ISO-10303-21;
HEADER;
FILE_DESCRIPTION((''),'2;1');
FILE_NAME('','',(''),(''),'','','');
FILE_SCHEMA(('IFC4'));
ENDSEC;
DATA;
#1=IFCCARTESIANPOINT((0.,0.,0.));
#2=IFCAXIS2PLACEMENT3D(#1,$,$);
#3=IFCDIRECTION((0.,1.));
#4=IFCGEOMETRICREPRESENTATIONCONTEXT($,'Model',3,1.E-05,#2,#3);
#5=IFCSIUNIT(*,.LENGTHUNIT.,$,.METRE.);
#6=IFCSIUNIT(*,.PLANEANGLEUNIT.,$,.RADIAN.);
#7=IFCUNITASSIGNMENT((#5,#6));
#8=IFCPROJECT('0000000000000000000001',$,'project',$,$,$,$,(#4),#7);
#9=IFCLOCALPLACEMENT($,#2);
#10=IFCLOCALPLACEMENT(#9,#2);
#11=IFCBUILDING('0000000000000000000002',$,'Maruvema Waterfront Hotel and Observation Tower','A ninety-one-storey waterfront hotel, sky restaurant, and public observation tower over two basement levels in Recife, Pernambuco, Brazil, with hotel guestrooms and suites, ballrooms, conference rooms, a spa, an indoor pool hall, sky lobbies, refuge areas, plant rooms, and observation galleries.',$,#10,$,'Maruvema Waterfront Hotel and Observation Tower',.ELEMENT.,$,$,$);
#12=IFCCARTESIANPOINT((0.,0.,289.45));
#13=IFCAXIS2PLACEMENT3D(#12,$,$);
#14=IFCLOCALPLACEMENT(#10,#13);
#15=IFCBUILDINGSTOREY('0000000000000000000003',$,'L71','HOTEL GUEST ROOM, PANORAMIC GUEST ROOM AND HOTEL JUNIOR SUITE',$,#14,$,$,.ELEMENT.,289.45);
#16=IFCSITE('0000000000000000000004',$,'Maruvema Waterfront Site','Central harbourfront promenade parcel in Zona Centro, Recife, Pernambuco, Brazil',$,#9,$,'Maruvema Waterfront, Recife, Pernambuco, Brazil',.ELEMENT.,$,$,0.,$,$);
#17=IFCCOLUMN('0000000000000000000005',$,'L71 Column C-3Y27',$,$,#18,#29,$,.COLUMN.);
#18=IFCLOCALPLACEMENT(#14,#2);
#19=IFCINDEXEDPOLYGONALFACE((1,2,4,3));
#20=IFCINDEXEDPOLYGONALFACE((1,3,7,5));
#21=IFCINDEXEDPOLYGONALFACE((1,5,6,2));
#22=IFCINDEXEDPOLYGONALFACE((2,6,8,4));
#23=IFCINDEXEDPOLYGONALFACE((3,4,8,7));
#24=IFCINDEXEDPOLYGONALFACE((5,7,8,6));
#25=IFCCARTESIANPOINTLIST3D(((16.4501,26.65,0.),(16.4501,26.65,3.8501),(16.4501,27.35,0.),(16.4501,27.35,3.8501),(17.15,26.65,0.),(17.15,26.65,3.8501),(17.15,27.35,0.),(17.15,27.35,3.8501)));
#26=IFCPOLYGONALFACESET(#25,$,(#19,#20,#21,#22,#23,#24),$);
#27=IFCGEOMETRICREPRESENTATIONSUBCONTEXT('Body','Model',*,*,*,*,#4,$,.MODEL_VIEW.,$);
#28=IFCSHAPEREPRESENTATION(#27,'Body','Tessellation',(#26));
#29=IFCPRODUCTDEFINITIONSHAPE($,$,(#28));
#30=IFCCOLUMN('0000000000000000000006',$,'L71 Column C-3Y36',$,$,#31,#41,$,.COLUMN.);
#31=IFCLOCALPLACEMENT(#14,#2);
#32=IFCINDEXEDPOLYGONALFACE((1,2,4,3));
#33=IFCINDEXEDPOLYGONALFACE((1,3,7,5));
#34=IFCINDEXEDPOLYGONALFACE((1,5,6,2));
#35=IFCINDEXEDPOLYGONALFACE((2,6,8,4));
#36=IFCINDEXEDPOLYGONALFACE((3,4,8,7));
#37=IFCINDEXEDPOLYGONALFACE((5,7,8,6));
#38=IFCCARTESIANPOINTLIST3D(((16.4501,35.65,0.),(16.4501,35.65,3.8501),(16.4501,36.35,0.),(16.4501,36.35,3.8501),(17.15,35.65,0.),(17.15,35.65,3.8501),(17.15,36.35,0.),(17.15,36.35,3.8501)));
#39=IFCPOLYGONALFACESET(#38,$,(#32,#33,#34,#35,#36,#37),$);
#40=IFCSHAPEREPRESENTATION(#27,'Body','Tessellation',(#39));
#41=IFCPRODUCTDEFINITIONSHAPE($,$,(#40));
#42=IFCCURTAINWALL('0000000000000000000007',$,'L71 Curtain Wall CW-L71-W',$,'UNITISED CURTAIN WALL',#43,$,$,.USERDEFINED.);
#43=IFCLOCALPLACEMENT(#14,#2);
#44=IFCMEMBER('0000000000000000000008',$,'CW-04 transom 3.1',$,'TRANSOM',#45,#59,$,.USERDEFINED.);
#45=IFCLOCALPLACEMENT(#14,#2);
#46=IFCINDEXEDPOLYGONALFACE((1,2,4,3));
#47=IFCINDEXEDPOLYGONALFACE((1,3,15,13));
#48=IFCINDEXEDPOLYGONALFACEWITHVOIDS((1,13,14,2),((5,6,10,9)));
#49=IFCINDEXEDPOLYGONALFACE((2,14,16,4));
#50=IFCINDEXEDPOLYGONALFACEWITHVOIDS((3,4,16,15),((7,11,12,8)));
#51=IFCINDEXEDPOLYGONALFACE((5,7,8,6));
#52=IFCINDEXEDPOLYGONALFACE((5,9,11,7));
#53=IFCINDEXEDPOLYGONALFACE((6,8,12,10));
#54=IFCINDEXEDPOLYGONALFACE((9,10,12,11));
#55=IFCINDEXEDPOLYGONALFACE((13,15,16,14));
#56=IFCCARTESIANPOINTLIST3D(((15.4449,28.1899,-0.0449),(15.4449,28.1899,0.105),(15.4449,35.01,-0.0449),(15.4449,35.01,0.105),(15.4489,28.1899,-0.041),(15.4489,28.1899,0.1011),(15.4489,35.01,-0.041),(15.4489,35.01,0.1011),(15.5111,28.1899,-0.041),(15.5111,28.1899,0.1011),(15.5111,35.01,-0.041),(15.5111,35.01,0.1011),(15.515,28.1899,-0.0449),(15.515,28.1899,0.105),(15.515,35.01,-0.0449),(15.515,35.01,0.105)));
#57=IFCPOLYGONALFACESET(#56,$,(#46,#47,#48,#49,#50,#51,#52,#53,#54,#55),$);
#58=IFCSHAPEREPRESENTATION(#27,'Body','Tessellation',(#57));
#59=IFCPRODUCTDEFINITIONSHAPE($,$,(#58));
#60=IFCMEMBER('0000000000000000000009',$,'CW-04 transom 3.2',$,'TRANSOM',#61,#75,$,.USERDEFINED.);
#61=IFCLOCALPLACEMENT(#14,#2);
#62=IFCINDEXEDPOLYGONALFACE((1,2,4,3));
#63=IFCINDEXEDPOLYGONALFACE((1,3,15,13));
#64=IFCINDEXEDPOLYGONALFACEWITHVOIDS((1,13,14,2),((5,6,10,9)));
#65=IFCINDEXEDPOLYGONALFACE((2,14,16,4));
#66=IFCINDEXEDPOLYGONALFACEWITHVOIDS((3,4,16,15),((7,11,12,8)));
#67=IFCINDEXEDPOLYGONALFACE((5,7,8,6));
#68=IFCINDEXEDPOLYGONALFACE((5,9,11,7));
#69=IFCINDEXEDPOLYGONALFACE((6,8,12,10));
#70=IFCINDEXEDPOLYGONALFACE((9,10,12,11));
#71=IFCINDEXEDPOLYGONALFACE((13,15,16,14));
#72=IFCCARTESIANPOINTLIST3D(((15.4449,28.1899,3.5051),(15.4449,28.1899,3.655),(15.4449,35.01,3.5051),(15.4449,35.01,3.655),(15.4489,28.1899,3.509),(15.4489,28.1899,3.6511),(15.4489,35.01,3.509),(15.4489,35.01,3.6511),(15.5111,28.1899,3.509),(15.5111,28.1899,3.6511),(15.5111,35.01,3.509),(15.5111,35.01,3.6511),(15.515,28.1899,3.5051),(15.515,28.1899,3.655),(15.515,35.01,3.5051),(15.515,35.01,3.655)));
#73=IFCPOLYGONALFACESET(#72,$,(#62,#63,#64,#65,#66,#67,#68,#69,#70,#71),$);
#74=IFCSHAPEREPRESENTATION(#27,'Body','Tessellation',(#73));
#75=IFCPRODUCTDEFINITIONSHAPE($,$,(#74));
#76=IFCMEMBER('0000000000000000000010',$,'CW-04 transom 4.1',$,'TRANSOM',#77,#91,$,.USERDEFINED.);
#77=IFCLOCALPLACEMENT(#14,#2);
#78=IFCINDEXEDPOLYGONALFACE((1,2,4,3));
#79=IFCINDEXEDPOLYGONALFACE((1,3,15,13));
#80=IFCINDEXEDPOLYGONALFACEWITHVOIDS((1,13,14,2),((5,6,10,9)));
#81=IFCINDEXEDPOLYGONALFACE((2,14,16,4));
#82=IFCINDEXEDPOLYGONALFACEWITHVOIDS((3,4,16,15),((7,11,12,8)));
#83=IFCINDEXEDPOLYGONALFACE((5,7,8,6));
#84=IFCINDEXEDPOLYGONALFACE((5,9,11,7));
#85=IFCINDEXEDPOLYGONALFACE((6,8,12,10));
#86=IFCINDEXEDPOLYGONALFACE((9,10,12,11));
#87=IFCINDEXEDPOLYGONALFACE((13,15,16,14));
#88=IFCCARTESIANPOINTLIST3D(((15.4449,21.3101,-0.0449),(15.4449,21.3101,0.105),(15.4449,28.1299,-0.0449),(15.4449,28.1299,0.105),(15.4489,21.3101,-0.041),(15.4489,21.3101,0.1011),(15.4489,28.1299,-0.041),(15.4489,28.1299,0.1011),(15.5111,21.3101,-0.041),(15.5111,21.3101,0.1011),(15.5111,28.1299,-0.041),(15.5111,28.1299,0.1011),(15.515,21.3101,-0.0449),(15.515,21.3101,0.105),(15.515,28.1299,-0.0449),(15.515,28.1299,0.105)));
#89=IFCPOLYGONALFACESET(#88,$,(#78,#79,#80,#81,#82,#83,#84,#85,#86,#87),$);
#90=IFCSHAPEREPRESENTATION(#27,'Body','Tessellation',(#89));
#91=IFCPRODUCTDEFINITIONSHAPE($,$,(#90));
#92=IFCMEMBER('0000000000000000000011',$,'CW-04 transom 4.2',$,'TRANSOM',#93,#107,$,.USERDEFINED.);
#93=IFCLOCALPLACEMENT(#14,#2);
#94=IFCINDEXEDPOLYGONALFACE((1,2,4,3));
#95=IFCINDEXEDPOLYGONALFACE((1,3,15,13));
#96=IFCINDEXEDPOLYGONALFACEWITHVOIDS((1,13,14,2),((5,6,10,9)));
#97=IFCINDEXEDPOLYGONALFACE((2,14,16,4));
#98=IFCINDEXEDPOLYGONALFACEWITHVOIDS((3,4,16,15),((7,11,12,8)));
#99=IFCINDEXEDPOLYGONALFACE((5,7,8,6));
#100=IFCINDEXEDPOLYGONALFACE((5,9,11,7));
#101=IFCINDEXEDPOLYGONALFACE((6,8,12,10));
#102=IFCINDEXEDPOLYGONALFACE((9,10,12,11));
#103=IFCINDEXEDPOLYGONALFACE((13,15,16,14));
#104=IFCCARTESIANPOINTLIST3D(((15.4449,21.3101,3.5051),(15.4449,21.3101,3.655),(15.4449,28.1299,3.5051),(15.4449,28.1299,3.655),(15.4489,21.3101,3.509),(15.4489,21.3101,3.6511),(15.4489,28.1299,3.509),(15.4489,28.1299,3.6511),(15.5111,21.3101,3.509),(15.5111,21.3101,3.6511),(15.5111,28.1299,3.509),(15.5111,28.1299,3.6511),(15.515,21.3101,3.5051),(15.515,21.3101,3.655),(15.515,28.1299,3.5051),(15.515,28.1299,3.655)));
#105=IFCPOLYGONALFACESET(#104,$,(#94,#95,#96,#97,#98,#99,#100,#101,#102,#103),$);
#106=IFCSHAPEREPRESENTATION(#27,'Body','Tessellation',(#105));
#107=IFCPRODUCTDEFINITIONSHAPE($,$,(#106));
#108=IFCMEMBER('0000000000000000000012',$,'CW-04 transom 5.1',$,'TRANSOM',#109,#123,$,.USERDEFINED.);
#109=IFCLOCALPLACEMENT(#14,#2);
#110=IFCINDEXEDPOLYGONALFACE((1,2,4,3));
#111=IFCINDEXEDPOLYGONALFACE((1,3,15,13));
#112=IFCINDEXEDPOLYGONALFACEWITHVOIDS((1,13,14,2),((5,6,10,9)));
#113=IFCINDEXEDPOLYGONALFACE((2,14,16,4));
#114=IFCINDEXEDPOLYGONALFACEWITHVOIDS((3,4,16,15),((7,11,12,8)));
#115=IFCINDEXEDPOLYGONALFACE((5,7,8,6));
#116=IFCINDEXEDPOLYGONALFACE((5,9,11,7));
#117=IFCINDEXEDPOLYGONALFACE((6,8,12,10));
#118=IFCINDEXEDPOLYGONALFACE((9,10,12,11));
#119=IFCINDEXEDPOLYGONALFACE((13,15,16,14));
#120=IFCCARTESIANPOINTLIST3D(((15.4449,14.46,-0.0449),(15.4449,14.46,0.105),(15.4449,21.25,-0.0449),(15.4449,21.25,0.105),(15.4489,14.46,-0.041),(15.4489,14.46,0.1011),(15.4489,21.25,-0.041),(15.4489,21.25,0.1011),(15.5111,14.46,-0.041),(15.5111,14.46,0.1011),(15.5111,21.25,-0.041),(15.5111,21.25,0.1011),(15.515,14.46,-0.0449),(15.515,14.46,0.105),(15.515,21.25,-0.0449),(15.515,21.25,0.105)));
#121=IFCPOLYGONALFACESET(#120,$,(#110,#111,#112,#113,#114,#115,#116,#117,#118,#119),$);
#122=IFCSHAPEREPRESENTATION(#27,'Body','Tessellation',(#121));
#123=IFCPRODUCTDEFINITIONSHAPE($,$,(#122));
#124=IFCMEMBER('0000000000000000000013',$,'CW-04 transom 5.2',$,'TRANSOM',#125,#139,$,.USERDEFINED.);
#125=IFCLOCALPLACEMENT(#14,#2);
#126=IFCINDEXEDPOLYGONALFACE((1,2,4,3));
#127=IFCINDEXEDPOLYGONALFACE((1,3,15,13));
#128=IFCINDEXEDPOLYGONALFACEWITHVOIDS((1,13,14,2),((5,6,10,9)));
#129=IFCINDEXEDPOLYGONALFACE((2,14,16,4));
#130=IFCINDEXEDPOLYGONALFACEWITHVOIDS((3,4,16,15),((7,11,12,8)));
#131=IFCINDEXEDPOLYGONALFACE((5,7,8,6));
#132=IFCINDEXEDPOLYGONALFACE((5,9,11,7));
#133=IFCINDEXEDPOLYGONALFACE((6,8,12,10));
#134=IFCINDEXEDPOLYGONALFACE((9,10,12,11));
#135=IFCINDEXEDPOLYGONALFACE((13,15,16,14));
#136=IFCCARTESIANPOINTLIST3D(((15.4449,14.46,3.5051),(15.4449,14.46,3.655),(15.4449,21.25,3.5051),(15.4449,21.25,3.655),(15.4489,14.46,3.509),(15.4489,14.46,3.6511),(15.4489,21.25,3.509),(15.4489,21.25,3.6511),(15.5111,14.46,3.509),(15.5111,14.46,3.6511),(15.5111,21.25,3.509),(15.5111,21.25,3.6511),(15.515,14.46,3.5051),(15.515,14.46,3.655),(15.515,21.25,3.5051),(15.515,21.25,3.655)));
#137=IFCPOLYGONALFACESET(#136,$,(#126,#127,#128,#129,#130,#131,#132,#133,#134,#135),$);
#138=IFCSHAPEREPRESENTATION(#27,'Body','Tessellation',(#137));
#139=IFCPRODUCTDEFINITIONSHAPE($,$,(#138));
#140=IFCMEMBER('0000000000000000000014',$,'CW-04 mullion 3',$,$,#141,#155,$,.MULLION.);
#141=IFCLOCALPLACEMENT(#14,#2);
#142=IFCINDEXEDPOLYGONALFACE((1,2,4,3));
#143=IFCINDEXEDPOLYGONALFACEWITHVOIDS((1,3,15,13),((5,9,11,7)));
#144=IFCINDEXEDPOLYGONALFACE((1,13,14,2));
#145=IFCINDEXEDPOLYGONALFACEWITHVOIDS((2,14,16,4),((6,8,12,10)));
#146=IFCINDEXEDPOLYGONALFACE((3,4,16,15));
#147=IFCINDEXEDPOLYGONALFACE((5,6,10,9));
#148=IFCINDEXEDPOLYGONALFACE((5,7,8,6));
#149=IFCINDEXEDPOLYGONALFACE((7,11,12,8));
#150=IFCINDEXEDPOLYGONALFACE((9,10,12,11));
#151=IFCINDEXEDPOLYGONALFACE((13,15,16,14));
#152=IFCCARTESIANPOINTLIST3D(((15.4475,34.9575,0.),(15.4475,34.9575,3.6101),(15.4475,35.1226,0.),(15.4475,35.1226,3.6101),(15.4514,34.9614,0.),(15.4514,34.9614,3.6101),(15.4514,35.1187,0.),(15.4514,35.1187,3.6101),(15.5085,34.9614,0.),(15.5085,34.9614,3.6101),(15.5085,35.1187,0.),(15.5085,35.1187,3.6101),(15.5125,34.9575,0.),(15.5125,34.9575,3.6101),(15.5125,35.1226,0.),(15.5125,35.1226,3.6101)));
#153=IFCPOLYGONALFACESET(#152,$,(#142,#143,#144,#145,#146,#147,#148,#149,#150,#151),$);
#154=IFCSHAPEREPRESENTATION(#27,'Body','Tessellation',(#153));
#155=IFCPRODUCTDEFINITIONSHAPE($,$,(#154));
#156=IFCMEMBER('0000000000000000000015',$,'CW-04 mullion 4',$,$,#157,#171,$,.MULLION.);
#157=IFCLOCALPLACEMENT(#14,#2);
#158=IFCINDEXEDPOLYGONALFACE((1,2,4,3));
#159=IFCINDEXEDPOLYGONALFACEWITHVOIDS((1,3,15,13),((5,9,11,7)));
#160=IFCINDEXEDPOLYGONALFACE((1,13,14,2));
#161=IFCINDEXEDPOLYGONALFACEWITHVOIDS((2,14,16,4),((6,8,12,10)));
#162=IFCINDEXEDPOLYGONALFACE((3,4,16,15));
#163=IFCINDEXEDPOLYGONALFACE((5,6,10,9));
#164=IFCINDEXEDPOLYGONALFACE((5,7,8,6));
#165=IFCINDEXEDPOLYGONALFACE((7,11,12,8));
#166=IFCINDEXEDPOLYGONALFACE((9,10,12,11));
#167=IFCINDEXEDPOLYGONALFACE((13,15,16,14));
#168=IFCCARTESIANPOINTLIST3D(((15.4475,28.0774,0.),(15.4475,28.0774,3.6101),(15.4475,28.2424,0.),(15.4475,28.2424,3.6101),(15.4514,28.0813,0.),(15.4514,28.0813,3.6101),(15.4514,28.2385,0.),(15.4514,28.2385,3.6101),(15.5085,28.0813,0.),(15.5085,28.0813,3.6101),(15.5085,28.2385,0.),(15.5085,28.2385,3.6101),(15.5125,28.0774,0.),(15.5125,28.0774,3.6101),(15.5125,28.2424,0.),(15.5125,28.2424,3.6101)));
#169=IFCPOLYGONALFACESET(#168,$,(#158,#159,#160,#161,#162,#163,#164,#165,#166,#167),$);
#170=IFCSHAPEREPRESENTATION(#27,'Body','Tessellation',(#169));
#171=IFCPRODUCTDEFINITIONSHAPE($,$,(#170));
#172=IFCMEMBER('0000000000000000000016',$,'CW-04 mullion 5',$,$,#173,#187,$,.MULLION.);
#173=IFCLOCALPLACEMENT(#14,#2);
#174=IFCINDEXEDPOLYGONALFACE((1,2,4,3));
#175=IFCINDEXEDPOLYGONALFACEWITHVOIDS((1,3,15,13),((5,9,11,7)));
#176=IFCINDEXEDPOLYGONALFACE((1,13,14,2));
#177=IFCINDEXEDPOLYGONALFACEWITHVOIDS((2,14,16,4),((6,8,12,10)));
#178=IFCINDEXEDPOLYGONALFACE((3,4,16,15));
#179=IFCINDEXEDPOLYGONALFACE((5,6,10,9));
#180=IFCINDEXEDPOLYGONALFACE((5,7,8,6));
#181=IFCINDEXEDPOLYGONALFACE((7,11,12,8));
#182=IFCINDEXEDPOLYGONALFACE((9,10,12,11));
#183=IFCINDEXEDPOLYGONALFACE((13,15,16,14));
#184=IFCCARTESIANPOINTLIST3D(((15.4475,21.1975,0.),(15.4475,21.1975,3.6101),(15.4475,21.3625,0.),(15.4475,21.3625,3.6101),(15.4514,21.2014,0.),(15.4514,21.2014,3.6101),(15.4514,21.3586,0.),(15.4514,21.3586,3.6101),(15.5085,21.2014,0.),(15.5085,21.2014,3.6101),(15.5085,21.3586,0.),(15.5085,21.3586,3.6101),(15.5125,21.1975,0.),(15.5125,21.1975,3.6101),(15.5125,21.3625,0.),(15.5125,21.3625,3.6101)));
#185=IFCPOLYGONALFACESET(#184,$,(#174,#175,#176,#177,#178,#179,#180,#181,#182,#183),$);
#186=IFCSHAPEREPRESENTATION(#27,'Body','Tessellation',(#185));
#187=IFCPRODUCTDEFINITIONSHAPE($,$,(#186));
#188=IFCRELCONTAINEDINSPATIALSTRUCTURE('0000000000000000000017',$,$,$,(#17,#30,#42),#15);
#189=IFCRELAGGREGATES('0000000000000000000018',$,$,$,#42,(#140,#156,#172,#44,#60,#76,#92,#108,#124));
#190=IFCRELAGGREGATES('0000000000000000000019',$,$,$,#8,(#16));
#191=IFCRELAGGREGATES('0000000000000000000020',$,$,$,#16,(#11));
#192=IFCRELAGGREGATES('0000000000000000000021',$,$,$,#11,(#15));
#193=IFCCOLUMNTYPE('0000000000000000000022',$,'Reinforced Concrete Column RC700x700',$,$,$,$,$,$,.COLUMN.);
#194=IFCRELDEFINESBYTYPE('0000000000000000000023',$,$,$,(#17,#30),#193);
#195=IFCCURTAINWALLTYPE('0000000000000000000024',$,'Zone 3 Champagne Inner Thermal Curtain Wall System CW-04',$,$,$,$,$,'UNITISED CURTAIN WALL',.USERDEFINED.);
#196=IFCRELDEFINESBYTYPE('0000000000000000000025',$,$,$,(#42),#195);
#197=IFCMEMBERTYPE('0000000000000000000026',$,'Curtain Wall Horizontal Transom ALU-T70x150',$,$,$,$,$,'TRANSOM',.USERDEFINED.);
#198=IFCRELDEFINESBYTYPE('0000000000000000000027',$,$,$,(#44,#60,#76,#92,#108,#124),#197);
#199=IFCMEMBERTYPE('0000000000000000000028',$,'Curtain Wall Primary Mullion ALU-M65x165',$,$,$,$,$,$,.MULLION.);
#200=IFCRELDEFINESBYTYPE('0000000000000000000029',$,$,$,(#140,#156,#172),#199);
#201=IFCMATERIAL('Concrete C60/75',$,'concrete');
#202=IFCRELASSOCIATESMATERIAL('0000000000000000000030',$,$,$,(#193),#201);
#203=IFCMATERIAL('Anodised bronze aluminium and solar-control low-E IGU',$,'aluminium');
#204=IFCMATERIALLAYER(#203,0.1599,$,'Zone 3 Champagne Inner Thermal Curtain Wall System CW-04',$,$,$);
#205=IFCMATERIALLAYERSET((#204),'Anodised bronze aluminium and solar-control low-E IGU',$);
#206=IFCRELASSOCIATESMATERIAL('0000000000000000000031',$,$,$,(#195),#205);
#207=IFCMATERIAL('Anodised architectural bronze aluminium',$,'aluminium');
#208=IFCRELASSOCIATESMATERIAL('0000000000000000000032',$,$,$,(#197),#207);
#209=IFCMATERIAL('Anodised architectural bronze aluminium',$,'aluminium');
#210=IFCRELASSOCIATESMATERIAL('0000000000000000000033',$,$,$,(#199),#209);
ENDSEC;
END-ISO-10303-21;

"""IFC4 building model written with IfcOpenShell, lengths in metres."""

from ifc_helpers import new_model, si_unit, direction, frame, origin, origin_2d, place, context, subcontext, project, spatial, rectangle, hollow_rectangle, extrude, material, layer, layer_set, material_profile, profile_set, type_object, element, aggregate, save


model = new_model("IFC4")

# Units and contexts
model_context = context("Model", 3, precision=1e-05, world=origin(), true_north=direction((0.0, 1.0)))
body_context = subcontext(model_context, "Body", "Model", "MODEL_VIEW")
ifc_project = project(units=[si_unit("LENGTHUNIT", "METRE"), si_unit("PLANEANGLEUNIT", "RADIAN")], contexts=[model_context])

# Site, building, storey
site_placement = place(None, origin())
site = spatial("IfcSite", under=ifc_project, at=site_placement, Name="Maruvema Waterfront Site", Description="Central harbourfront promenade parcel in Zona Centro, Recife, Pernambuco, Brazil", LongName="Maruvema Waterfront, Recife, Pernambuco, Brazil", CompositionType="ELEMENT", RefElevation=0.0)
building_placement = place(site_placement, origin())
building = spatial("IfcBuilding", under=site, at=building_placement, Name="Maruvema Waterfront Hotel and Observation Tower", Description="A ninety-one-storey waterfront hotel, sky restaurant, and public observation tower over two basement levels in Recife, Pernambuco, Brazil, with hotel guestrooms and suites, ballrooms, conference rooms, a spa, an indoor pool hall, sky lobbies, refuge areas, plant rooms, and observation galleries.", LongName="Maruvema Waterfront Hotel and Observation Tower", CompositionType="ELEMENT")
storey_placement = place(building_placement, frame((0.0, 0.0, 289.45)))
storey = spatial("IfcBuildingStorey", under=building, at=storey_placement, Name="L71", Description="HOTEL GUEST ROOM, PANORAMIC GUEST ROOM AND HOTEL JUNIOR SUITE", CompositionType="ELEMENT", Elevation=289.45)

# Columns
ifc_material_1 = material(Name="Concrete C60/75", Category="concrete")
ifc_material_profile_1 = material_profile(ifc_material_1, rectangle(XDim=0.7, YDim=0.7, at=origin_2d()), Name="RC700x700")
ifc_profile_set_1 = profile_set([ifc_material_profile_1], Name="Concrete C60/75")
column_type = type_object("IfcColumnType", Name="Reinforced Concrete Column RC700x700", PredefinedType="COLUMN", material=ifc_profile_set_1)
for number, where, z_axis, x_axis, name in (
    (1, (16.8, 27.0, 0.0), (0.0, 0.0, 1.0), (1.0, 0.0, 0.0), "L71 Column C-3Y27"),
    (2, (16.8, 36.0, 0.0), (0.0, 0.0, 1.0), (1.0, 0.0, 0.0), "L71 Column C-3Y36"),
):
    element("IfcColumn", number, at=place(storey_placement, frame(where, z_axis=z_axis, x_axis=x_axis)), inside=storey, type_object=column_type, Name=name, PredefinedType="COLUMN", context=body_context, shape_type="SweptSolid", body=[
        extrude(rectangle(XDim=0.7, YDim=0.7, at=origin_2d()), origin(), (0.0, 0.0, 1.0), 3.8501),
    ])

# Curtain wall, members
ifc_material_2 = material(Name="Anodised bronze aluminium and solar-control low-E IGU", Category="aluminium")
ifc_layer_1 = layer(ifc_material_2, 0.1599, Name="Zone 3 Champagne Inner Thermal Curtain Wall System CW-04")
ifc_layer_set_1 = layer_set([ifc_layer_1], Name="Anodised bronze aluminium and solar-control low-E IGU")
curtain_wall_type = type_object("IfcCurtainWallType", Name="Zone 3 Champagne Inner Thermal Curtain Wall System CW-04", ElementType="UNITISED CURTAIN WALL", PredefinedType="USERDEFINED", material=ifc_layer_set_1)
curtain_wall_placement = place(storey_placement, origin())
curtain_wall = element("IfcCurtainWall", 3, at=curtain_wall_placement, inside=storey, type_object=curtain_wall_type, Name="L71 Curtain Wall CW-L71-W", ObjectType="UNITISED CURTAIN WALL", PredefinedType="USERDEFINED")
ifc_material_3 = material(Name="Anodised architectural bronze aluminium", Category="aluminium")
ifc_material_profile_2 = material_profile(ifc_material_3, hollow_rectangle(XDim=0.0701, YDim=0.1499, WallThickness=0.0039, at=origin_2d()), Name="ALU-T70x150")
ifc_profile_set_2 = profile_set([ifc_material_profile_2], Name="Anodised architectural bronze aluminium")
member_type_1 = type_object("IfcMemberType", Name="Curtain Wall Horizontal Transom ALU-T70x150", ElementType="TRANSOM", PredefinedType="USERDEFINED", material=ifc_profile_set_2)
member_1_placement = place(storey_placement, frame((15.48, 35.01, 0.03), z_axis=(0.0, -1.0, 0.0), x_axis=(1.0, 0.0, 0.0)))
member_1 = element("IfcMember", 4, at=member_1_placement, type_object=member_type_1, Name="CW-04 transom 3.1", ObjectType="TRANSOM", PredefinedType="USERDEFINED", context=body_context, shape_type="SweptSolid", body=[
    extrude(hollow_rectangle(XDim=0.0701, YDim=0.1499, WallThickness=0.0039, at=origin_2d()), origin(), (0.0, 0.0, 1.0), 6.8201),
])
member_2_placement = place(storey_placement, frame((15.48, 35.01, 3.5801), z_axis=(0.0, -1.0, 0.0), x_axis=(1.0, 0.0, 0.0)))
member_2 = element("IfcMember", 5, at=member_2_placement, type_object=member_type_1, Name="CW-04 transom 3.2", ObjectType="TRANSOM", PredefinedType="USERDEFINED", context=body_context, shape_type="SweptSolid", body=[
    extrude(hollow_rectangle(XDim=0.0701, YDim=0.1499, WallThickness=0.0039, at=origin_2d()), origin(), (0.0, 0.0, 1.0), 6.8201),
])
member_3_placement = place(storey_placement, frame((15.48, 28.1299, 0.03), z_axis=(0.0, -1.0, 0.0), x_axis=(1.0, 0.0, 0.0)))
member_3 = element("IfcMember", 6, at=member_3_placement, type_object=member_type_1, Name="CW-04 transom 4.1", ObjectType="TRANSOM", PredefinedType="USERDEFINED", context=body_context, shape_type="SweptSolid", body=[
    extrude(hollow_rectangle(XDim=0.0701, YDim=0.1499, WallThickness=0.0039, at=origin_2d()), origin(), (0.0, 0.0, 1.0), 6.8198),
])
member_4_placement = place(storey_placement, frame((15.48, 28.1299, 3.5801), z_axis=(0.0, -1.0, 0.0), x_axis=(1.0, 0.0, 0.0)))
member_4 = element("IfcMember", 7, at=member_4_placement, type_object=member_type_1, Name="CW-04 transom 4.2", ObjectType="TRANSOM", PredefinedType="USERDEFINED", context=body_context, shape_type="SweptSolid", body=[
    extrude(hollow_rectangle(XDim=0.0701, YDim=0.1499, WallThickness=0.0039, at=origin_2d()), origin(), (0.0, 0.0, 1.0), 6.8198),
])
member_5_placement = place(storey_placement, frame((15.48, 21.25, 0.03), z_axis=(0.0, -1.0, 0.0), x_axis=(1.0, 0.0, 0.0)))
member_5 = element("IfcMember", 8, at=member_5_placement, type_object=member_type_1, Name="CW-04 transom 5.1", ObjectType="TRANSOM", PredefinedType="USERDEFINED", context=body_context, shape_type="SweptSolid", body=[
    extrude(hollow_rectangle(XDim=0.0701, YDim=0.1499, WallThickness=0.0039, at=origin_2d()), origin(), (0.0, 0.0, 1.0), 6.79),
])
member_6_placement = place(storey_placement, frame((15.48, 21.25, 3.5801), z_axis=(0.0, -1.0, 0.0), x_axis=(1.0, 0.0, 0.0)))
member_6 = element("IfcMember", 9, at=member_6_placement, type_object=member_type_1, Name="CW-04 transom 5.2", ObjectType="TRANSOM", PredefinedType="USERDEFINED", context=body_context, shape_type="SweptSolid", body=[
    extrude(hollow_rectangle(XDim=0.0701, YDim=0.1499, WallThickness=0.0039, at=origin_2d()), origin(), (0.0, 0.0, 1.0), 6.79),
])
ifc_material_4 = material(Name="Anodised architectural bronze aluminium", Category="aluminium")
ifc_material_profile_3 = material_profile(ifc_material_4, hollow_rectangle(XDim=0.0649, YDim=0.165, WallThickness=0.0039, at=origin_2d()), Name="ALU-M65x165")
ifc_profile_set_3 = profile_set([ifc_material_profile_3], Name="Anodised architectural bronze aluminium")
member_type_2 = type_object("IfcMemberType", Name="Curtain Wall Primary Mullion ALU-M65x165", PredefinedType="MULLION", material=ifc_profile_set_3)
member_7_placement = place(storey_placement, frame((15.48, 35.04, 0.0), z_axis=(0.0, 0.0, 1.0), x_axis=(1.0, 0.0, 0.0)))
member_7 = element("IfcMember", 10, at=member_7_placement, type_object=member_type_2, Name="CW-04 mullion 3", PredefinedType="MULLION", context=body_context, shape_type="SweptSolid", body=[
    extrude(hollow_rectangle(XDim=0.0649, YDim=0.165, WallThickness=0.0039, at=origin_2d()), origin(), (0.0, 0.0, 1.0), 3.6101),
])
member_8_placement = place(storey_placement, frame((15.48, 28.1599, 0.0), z_axis=(0.0, 0.0, 1.0), x_axis=(1.0, 0.0, 0.0)))
member_8 = element("IfcMember", 11, at=member_8_placement, type_object=member_type_2, Name="CW-04 mullion 4", PredefinedType="MULLION", context=body_context, shape_type="SweptSolid", body=[
    extrude(hollow_rectangle(XDim=0.0649, YDim=0.165, WallThickness=0.0039, at=origin_2d()), origin(), (0.0, 0.0, 1.0), 3.6101),
])
member_9_placement = place(storey_placement, frame((15.48, 21.28, 0.0), z_axis=(0.0, 0.0, 1.0), x_axis=(1.0, 0.0, 0.0)))
member_9 = element("IfcMember", 12, at=member_9_placement, type_object=member_type_2, Name="CW-04 mullion 5", PredefinedType="MULLION", context=body_context, shape_type="SweptSolid", body=[
    extrude(hollow_rectangle(XDim=0.0649, YDim=0.165, WallThickness=0.0039, at=origin_2d()), origin(), (0.0, 0.0, 1.0), 3.6101),
])

aggregate(curtain_wall, [member_7, member_8, member_9, member_1, member_2, member_3, member_4, member_5, member_6])

save(model, "model.ifc")
